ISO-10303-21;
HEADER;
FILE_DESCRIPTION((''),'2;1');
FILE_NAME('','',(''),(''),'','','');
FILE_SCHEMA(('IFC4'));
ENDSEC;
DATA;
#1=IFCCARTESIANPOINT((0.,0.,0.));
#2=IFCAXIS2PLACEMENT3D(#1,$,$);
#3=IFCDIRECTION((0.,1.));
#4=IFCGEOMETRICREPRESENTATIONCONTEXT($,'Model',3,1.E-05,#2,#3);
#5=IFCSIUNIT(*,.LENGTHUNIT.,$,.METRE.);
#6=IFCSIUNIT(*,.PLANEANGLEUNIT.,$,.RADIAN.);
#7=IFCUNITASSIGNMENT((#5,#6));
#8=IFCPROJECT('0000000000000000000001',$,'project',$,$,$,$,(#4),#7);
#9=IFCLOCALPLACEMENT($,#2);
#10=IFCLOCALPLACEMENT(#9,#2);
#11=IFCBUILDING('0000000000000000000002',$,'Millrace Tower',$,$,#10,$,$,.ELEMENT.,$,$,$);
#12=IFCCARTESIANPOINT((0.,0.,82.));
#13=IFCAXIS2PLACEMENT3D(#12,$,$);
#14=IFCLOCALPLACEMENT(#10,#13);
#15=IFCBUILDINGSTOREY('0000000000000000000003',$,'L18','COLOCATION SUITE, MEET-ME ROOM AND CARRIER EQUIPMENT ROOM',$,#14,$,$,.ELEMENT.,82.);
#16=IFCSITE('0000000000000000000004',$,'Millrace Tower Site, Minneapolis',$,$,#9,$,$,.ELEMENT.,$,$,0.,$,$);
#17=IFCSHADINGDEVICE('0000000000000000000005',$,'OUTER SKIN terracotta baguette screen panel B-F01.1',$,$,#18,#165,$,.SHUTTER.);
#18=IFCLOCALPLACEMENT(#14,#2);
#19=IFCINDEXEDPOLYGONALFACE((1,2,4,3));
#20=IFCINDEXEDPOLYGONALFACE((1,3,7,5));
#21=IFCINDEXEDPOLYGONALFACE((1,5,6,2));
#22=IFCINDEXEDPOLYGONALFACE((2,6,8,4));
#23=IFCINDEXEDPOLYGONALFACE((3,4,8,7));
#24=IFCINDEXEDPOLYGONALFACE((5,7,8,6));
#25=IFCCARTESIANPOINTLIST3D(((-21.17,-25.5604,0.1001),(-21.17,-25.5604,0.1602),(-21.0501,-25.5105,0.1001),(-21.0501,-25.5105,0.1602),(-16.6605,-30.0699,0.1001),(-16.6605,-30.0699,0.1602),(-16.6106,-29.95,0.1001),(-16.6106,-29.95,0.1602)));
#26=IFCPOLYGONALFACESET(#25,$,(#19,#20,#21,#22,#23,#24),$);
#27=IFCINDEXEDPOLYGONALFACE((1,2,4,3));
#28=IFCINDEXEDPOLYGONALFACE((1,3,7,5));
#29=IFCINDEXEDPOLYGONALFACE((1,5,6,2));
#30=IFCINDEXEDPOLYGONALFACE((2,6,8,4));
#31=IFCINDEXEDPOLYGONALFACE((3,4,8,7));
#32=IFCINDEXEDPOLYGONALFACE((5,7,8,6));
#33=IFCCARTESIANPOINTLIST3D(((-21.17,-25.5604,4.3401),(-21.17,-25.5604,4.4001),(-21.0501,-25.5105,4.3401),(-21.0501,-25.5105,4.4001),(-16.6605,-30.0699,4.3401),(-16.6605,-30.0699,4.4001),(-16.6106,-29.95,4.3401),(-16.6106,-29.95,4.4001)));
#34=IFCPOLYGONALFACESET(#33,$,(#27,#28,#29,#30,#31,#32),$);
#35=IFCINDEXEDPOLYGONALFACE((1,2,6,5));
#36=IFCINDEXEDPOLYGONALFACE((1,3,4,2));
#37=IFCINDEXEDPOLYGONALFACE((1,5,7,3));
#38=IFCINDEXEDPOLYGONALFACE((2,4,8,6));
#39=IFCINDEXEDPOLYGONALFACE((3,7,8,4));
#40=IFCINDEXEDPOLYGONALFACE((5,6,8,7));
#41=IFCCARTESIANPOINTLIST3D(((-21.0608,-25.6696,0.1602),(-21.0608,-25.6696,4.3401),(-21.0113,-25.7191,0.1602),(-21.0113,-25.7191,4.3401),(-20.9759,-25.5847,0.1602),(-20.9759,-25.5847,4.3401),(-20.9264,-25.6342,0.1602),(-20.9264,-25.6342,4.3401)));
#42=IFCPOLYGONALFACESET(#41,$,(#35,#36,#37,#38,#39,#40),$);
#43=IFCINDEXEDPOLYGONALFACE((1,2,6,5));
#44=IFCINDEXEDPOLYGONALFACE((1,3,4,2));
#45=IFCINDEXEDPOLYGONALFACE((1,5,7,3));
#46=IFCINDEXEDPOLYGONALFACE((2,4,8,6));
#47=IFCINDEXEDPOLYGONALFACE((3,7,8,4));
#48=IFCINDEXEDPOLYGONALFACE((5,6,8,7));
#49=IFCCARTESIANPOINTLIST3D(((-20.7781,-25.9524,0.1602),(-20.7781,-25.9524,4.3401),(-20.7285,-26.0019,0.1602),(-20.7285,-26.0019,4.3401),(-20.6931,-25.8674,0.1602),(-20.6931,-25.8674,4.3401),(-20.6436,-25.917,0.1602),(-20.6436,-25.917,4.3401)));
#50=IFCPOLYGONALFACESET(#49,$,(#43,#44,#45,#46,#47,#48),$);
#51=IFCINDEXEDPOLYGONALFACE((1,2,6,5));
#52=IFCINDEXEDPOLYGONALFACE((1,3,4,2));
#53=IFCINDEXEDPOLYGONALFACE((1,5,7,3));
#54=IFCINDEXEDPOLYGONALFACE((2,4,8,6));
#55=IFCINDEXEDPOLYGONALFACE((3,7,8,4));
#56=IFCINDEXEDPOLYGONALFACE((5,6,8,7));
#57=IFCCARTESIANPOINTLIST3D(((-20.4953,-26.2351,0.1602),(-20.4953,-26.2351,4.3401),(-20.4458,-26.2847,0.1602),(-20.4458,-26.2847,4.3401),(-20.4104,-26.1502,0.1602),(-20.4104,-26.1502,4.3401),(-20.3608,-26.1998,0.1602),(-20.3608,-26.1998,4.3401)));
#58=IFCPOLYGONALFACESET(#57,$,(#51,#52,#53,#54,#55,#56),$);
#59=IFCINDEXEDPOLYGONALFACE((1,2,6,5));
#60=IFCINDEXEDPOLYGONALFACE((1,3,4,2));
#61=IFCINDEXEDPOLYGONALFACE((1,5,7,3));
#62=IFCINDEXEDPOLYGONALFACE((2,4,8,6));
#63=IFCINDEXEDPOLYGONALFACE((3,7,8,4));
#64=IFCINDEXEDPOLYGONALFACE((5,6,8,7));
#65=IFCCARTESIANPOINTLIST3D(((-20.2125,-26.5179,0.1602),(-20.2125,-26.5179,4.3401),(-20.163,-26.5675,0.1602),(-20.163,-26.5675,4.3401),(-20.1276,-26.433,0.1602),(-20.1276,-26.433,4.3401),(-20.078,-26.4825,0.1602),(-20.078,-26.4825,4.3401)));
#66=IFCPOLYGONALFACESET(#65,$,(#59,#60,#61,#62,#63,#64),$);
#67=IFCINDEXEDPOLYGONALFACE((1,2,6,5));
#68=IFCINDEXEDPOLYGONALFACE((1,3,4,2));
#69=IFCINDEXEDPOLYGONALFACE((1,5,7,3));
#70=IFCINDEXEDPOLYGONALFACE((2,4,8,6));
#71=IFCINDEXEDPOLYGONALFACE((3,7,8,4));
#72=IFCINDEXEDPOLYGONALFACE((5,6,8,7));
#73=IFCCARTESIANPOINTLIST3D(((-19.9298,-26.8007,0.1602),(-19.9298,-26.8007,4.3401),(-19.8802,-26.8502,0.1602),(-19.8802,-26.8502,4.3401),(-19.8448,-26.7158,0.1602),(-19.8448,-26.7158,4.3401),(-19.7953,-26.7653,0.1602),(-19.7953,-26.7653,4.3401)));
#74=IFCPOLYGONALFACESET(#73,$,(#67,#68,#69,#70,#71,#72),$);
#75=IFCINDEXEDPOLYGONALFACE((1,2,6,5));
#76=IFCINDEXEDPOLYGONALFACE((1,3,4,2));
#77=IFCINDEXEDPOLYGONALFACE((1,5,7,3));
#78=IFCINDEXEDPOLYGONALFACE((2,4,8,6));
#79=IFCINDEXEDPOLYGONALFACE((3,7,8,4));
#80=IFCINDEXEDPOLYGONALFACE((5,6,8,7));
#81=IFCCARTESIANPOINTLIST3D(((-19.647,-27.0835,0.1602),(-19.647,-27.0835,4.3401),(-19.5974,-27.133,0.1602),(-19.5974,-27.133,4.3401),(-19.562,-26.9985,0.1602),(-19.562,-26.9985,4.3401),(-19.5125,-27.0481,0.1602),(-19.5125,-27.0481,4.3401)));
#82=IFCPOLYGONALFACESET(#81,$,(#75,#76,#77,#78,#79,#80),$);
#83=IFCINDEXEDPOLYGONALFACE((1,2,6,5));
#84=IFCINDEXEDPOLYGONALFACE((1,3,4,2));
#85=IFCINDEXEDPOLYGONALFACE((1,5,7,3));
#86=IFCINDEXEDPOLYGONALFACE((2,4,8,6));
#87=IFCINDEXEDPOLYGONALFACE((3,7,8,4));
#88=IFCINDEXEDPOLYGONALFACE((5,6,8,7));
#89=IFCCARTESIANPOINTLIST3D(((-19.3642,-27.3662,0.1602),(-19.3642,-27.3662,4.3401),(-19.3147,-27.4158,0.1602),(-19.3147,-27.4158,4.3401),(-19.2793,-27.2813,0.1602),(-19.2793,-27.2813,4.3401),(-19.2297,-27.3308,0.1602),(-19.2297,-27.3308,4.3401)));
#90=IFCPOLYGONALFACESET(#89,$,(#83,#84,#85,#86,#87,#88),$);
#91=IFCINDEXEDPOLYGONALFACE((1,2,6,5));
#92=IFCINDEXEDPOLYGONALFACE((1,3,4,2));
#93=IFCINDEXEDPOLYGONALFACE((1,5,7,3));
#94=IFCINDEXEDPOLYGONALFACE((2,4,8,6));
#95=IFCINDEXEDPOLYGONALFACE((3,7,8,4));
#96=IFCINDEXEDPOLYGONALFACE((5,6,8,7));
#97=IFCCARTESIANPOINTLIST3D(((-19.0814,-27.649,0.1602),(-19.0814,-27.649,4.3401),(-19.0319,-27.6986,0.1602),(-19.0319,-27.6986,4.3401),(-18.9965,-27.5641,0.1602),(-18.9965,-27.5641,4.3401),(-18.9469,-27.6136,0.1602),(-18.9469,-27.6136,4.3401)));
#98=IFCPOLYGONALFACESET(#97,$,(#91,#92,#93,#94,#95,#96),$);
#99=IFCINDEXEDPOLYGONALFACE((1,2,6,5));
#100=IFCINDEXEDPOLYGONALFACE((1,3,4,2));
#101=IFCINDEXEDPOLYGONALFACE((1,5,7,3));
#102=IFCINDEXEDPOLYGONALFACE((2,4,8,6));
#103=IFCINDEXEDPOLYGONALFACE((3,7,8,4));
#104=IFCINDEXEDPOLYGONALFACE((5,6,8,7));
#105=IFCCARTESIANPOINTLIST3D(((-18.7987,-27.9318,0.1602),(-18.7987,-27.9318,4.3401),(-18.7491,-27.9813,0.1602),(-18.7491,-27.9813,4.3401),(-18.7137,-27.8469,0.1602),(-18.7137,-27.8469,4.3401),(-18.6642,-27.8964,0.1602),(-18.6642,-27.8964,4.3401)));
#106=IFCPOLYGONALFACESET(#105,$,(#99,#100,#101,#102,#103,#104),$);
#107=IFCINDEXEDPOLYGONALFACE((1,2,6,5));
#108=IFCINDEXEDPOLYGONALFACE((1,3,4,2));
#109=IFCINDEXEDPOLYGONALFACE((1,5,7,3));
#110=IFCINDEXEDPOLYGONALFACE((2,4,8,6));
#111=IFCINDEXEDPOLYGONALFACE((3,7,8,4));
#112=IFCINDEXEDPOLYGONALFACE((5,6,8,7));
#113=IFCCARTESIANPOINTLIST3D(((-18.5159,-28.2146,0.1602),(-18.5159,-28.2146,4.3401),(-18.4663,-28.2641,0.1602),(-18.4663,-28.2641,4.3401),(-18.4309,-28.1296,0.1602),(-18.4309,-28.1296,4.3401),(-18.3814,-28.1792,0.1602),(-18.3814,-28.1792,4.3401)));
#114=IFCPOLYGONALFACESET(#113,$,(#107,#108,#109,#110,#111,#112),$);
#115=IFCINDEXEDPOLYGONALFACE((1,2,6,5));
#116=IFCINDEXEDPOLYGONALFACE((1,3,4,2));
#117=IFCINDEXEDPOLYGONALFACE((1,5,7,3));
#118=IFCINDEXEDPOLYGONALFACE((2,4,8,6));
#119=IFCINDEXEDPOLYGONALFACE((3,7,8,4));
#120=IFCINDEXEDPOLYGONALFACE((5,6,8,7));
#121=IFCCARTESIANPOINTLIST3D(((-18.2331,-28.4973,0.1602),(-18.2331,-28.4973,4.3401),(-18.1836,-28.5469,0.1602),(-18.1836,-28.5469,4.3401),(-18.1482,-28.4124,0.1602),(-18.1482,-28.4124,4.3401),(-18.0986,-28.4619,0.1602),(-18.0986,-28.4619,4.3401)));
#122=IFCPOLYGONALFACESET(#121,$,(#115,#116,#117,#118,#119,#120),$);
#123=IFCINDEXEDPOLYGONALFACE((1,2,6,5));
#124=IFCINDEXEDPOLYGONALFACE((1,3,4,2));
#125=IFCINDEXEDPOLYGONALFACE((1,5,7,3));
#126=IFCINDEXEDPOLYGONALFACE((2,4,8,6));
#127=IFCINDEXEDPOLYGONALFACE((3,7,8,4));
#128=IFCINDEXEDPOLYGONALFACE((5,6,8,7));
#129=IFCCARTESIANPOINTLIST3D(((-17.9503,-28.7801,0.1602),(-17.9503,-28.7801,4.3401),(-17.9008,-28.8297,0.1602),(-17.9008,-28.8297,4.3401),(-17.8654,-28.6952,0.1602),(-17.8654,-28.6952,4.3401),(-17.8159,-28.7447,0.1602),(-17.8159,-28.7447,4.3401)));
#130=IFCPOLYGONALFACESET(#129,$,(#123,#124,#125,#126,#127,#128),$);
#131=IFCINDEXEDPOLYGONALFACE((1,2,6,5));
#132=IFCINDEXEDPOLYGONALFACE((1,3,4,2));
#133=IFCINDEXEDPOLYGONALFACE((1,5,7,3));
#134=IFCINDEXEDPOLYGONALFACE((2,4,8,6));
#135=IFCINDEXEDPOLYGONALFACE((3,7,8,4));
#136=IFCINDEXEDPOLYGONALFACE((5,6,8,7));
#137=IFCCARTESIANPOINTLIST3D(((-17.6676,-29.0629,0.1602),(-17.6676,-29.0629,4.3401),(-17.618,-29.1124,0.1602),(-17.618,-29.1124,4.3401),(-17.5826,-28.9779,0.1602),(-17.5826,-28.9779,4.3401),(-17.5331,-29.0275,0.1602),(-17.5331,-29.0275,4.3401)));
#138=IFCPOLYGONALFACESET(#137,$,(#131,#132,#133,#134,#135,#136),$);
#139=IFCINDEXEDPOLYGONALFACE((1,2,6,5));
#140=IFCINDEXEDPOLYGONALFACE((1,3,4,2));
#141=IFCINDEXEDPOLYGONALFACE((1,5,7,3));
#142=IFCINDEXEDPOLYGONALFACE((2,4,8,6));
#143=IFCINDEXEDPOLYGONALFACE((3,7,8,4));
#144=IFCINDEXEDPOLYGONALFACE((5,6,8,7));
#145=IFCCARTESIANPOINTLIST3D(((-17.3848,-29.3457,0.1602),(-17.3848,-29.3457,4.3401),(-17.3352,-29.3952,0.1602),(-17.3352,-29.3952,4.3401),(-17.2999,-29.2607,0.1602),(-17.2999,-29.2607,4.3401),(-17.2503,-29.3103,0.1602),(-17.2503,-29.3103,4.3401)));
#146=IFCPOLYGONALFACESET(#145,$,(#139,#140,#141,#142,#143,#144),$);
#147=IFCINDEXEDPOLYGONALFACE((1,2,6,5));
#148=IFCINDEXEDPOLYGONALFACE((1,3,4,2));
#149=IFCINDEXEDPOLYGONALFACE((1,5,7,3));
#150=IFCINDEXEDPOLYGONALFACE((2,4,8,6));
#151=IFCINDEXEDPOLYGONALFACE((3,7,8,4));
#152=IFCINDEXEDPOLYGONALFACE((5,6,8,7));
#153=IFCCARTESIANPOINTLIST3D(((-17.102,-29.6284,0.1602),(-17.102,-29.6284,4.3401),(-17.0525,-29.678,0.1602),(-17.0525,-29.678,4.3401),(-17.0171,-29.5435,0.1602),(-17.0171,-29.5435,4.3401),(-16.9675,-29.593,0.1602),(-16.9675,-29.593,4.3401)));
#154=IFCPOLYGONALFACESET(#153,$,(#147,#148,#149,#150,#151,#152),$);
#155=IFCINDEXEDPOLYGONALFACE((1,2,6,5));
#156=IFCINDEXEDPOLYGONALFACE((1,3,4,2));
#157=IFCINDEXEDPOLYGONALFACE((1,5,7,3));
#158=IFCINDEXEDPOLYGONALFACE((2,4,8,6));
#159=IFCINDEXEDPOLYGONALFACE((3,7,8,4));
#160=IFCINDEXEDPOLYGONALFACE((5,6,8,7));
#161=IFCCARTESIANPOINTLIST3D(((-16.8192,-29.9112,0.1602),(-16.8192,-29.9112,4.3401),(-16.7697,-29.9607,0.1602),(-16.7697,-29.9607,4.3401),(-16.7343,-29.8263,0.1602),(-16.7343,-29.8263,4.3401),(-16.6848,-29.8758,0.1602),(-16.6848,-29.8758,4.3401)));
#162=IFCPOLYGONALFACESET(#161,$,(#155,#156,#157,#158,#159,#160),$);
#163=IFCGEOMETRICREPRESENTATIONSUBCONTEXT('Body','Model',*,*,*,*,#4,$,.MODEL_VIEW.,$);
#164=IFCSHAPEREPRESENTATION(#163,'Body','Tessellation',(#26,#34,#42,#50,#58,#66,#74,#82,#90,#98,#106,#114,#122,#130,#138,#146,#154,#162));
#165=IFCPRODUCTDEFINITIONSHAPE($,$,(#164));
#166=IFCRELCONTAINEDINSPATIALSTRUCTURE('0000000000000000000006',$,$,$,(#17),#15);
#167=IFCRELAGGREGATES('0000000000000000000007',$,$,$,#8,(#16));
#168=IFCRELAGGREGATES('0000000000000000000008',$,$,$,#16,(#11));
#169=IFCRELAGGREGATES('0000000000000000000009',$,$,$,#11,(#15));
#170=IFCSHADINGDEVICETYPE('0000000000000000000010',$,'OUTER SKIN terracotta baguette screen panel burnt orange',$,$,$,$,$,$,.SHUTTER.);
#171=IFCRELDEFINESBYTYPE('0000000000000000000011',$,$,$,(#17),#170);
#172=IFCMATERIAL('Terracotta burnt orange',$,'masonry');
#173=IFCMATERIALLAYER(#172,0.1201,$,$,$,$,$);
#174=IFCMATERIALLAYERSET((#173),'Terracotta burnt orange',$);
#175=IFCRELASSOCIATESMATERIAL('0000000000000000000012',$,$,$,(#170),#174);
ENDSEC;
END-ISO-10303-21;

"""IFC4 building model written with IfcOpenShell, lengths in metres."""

from ifc_helpers import new_model, entity, si_unit, direction, frame, frame_2d, origin, place, context, subcontext, project, spatial, rectangle, extrude, source, transform, mapped, material, layer, layer_set, type_object, element, save


model = new_model("IFC4")

# Units and contexts
model_context = context("Model", 3, precision=1e-05, world=origin(), true_north=direction((0.0, 1.0)))
body_context = subcontext(model_context, "Body", "Model", "MODEL_VIEW")
ifc_project = project(units=[si_unit("LENGTHUNIT", "METRE"), si_unit("PLANEANGLEUNIT", "RADIAN")], contexts=[model_context])

# Site, building, storey
site_placement = place(None, origin())
site = spatial("IfcSite", under=ifc_project, at=site_placement, Name="Millrace Tower Site, Minneapolis", CompositionType="ELEMENT", RefElevation=0.0)
building_placement = place(site_placement, origin())
building = spatial("IfcBuilding", under=site, at=building_placement, Name="Millrace Tower", CompositionType="ELEMENT")
storey_placement = place(building_placement, frame((0.0, 0.0, 82.0)))
storey = spatial("IfcBuildingStorey", under=building, at=storey_placement, Name="L18", Description="COLOCATION SUITE, MEET-ME ROOM AND CARRIER EQUIPMENT ROOM", CompositionType="ELEMENT", Elevation=82.0)

# Shading device
ifc_material_1 = material(Name="Terracotta burnt orange", Category="masonry")
ifc_layer_1 = layer(ifc_material_1, 0.1201)
ifc_layer_set_1 = layer_set([ifc_layer_1], Name="Terracotta burnt orange")
shading_device_type = type_object("IfcShadingDeviceType", Name="OUTER SKIN terracotta baguette screen panel burnt orange", PredefinedType="SHUTTER", material=ifc_layer_set_1)
cartesian_point_1 = entity("IfcCartesianPoint", [-3.1392, 0.0601])
shared_polyline_1 = entity("IfcPolyline", [cartesian_point_1, entity("IfcCartesianPoint", [3.1392, 0.0601]), entity("IfcCartesianPoint", [3.1887, -0.0601]), entity("IfcCartesianPoint", [-3.1887, -0.0601]), cartesian_point_1])
shared_shape_1 = source(origin(), body_context, "Body", "SweptSolid", [
    entity("IfcExtrudedAreaSolid", entity("IfcArbitraryClosedProfileDef", "AREA", None, shared_polyline_1), entity("IfcAxis2Placement3D", entity("IfcCartesianPoint", [0.0, 0.0, 0.0])), entity("IfcDirection", [0.0, 0.0, 1.0]), 0.0601),
    entity("IfcExtrudedAreaSolid", entity("IfcArbitraryClosedProfileDef", "AREA", None, shared_polyline_1), entity("IfcAxis2Placement3D", entity("IfcCartesianPoint", [0.0, 0.0, 4.24])), entity("IfcDirection", [0.0, 0.0, 1.0]), 0.0601),
    extrude(rectangle(XDim=0.0701, YDim=0.1201, at=frame_2d((-2.9993, 0.0))), frame((0.0, 0.0, 0.0601)), (0.0, 0.0, 1.0), 4.1799),
    extrude(rectangle(XDim=0.0701, YDim=0.1201, at=frame_2d((-2.5994, 0.0))), frame((0.0, 0.0, 0.0601)), (0.0, 0.0, 1.0), 4.1799),
    extrude(rectangle(XDim=0.0701, YDim=0.1201, at=frame_2d((-2.1995, 0.0))), frame((0.0, 0.0, 0.0601)), (0.0, 0.0, 1.0), 4.1799),
    extrude(rectangle(XDim=0.0701, YDim=0.1201, at=frame_2d((-1.7996, 0.0))), frame((0.0, 0.0, 0.0601)), (0.0, 0.0, 1.0), 4.1799),
    extrude(rectangle(XDim=0.0701, YDim=0.1201, at=frame_2d((-1.3997, 0.0))), frame((0.0, 0.0, 0.0601)), (0.0, 0.0, 1.0), 4.1799),
    extrude(rectangle(XDim=0.0701, YDim=0.1201, at=frame_2d((-0.9998, 0.0))), frame((0.0, 0.0, 0.0601)), (0.0, 0.0, 1.0), 4.1799),
    extrude(rectangle(XDim=0.0701, YDim=0.1201, at=frame_2d((-0.5999, 0.0))), frame((0.0, 0.0, 0.0601)), (0.0, 0.0, 1.0), 4.1799),
    extrude(rectangle(XDim=0.0701, YDim=0.1201, at=frame_2d((-0.2, 0.0))), frame((0.0, 0.0, 0.0601)), (0.0, 0.0, 1.0), 4.1799),
    extrude(rectangle(XDim=0.0701, YDim=0.1201, at=frame_2d((0.2, 0.0))), frame((0.0, 0.0, 0.0601)), (0.0, 0.0, 1.0), 4.1799),
    extrude(rectangle(XDim=0.0701, YDim=0.1201, at=frame_2d((0.5999, 0.0))), frame((0.0, 0.0, 0.0601)), (0.0, 0.0, 1.0), 4.1799),
    extrude(rectangle(XDim=0.0701, YDim=0.1201, at=frame_2d((0.9998, 0.0))), frame((0.0, 0.0, 0.0601)), (0.0, 0.0, 1.0), 4.1799),
    extrude(rectangle(XDim=0.0701, YDim=0.1201, at=frame_2d((1.3997, 0.0))), frame((0.0, 0.0, 0.0601)), (0.0, 0.0, 1.0), 4.1799),
    extrude(rectangle(XDim=0.0701, YDim=0.1201, at=frame_2d((1.7996, 0.0))), frame((0.0, 0.0, 0.0601)), (0.0, 0.0, 1.0), 4.1799),
    extrude(rectangle(XDim=0.0701, YDim=0.1201, at=frame_2d((2.1995, 0.0))), frame((0.0, 0.0, 0.0601)), (0.0, 0.0, 1.0), 4.1799),
    extrude(rectangle(XDim=0.0701, YDim=0.1201, at=frame_2d((2.5994, 0.0))), frame((0.0, 0.0, 0.0601)), (0.0, 0.0, 1.0), 4.1799),
    extrude(rectangle(XDim=0.0701, YDim=0.1201, at=frame_2d((2.9993, 0.0))), frame((0.0, 0.0, 0.0601)), (0.0, 0.0, 1.0), 4.1799),
])
shading_device_1_placement = place(storey_placement, frame((-18.8728, -27.7727, 0.1001), z_axis=(0.0, 0.0, 1.0), x_axis=(0.707107, -0.707107, 0.0)))
element("IfcShadingDevice", 1, at=shading_device_1_placement, inside=storey, type_object=shading_device_type, Name="OUTER SKIN terracotta baguette screen panel B-F01.1", PredefinedType="SHUTTER", context=body_context, shape_type="MappedRepresentation", body=[
    mapped(shared_shape_1, transform((0.0, 0.0, 0.0), scale=1.0)),
])

save(model, "model.ifc")
